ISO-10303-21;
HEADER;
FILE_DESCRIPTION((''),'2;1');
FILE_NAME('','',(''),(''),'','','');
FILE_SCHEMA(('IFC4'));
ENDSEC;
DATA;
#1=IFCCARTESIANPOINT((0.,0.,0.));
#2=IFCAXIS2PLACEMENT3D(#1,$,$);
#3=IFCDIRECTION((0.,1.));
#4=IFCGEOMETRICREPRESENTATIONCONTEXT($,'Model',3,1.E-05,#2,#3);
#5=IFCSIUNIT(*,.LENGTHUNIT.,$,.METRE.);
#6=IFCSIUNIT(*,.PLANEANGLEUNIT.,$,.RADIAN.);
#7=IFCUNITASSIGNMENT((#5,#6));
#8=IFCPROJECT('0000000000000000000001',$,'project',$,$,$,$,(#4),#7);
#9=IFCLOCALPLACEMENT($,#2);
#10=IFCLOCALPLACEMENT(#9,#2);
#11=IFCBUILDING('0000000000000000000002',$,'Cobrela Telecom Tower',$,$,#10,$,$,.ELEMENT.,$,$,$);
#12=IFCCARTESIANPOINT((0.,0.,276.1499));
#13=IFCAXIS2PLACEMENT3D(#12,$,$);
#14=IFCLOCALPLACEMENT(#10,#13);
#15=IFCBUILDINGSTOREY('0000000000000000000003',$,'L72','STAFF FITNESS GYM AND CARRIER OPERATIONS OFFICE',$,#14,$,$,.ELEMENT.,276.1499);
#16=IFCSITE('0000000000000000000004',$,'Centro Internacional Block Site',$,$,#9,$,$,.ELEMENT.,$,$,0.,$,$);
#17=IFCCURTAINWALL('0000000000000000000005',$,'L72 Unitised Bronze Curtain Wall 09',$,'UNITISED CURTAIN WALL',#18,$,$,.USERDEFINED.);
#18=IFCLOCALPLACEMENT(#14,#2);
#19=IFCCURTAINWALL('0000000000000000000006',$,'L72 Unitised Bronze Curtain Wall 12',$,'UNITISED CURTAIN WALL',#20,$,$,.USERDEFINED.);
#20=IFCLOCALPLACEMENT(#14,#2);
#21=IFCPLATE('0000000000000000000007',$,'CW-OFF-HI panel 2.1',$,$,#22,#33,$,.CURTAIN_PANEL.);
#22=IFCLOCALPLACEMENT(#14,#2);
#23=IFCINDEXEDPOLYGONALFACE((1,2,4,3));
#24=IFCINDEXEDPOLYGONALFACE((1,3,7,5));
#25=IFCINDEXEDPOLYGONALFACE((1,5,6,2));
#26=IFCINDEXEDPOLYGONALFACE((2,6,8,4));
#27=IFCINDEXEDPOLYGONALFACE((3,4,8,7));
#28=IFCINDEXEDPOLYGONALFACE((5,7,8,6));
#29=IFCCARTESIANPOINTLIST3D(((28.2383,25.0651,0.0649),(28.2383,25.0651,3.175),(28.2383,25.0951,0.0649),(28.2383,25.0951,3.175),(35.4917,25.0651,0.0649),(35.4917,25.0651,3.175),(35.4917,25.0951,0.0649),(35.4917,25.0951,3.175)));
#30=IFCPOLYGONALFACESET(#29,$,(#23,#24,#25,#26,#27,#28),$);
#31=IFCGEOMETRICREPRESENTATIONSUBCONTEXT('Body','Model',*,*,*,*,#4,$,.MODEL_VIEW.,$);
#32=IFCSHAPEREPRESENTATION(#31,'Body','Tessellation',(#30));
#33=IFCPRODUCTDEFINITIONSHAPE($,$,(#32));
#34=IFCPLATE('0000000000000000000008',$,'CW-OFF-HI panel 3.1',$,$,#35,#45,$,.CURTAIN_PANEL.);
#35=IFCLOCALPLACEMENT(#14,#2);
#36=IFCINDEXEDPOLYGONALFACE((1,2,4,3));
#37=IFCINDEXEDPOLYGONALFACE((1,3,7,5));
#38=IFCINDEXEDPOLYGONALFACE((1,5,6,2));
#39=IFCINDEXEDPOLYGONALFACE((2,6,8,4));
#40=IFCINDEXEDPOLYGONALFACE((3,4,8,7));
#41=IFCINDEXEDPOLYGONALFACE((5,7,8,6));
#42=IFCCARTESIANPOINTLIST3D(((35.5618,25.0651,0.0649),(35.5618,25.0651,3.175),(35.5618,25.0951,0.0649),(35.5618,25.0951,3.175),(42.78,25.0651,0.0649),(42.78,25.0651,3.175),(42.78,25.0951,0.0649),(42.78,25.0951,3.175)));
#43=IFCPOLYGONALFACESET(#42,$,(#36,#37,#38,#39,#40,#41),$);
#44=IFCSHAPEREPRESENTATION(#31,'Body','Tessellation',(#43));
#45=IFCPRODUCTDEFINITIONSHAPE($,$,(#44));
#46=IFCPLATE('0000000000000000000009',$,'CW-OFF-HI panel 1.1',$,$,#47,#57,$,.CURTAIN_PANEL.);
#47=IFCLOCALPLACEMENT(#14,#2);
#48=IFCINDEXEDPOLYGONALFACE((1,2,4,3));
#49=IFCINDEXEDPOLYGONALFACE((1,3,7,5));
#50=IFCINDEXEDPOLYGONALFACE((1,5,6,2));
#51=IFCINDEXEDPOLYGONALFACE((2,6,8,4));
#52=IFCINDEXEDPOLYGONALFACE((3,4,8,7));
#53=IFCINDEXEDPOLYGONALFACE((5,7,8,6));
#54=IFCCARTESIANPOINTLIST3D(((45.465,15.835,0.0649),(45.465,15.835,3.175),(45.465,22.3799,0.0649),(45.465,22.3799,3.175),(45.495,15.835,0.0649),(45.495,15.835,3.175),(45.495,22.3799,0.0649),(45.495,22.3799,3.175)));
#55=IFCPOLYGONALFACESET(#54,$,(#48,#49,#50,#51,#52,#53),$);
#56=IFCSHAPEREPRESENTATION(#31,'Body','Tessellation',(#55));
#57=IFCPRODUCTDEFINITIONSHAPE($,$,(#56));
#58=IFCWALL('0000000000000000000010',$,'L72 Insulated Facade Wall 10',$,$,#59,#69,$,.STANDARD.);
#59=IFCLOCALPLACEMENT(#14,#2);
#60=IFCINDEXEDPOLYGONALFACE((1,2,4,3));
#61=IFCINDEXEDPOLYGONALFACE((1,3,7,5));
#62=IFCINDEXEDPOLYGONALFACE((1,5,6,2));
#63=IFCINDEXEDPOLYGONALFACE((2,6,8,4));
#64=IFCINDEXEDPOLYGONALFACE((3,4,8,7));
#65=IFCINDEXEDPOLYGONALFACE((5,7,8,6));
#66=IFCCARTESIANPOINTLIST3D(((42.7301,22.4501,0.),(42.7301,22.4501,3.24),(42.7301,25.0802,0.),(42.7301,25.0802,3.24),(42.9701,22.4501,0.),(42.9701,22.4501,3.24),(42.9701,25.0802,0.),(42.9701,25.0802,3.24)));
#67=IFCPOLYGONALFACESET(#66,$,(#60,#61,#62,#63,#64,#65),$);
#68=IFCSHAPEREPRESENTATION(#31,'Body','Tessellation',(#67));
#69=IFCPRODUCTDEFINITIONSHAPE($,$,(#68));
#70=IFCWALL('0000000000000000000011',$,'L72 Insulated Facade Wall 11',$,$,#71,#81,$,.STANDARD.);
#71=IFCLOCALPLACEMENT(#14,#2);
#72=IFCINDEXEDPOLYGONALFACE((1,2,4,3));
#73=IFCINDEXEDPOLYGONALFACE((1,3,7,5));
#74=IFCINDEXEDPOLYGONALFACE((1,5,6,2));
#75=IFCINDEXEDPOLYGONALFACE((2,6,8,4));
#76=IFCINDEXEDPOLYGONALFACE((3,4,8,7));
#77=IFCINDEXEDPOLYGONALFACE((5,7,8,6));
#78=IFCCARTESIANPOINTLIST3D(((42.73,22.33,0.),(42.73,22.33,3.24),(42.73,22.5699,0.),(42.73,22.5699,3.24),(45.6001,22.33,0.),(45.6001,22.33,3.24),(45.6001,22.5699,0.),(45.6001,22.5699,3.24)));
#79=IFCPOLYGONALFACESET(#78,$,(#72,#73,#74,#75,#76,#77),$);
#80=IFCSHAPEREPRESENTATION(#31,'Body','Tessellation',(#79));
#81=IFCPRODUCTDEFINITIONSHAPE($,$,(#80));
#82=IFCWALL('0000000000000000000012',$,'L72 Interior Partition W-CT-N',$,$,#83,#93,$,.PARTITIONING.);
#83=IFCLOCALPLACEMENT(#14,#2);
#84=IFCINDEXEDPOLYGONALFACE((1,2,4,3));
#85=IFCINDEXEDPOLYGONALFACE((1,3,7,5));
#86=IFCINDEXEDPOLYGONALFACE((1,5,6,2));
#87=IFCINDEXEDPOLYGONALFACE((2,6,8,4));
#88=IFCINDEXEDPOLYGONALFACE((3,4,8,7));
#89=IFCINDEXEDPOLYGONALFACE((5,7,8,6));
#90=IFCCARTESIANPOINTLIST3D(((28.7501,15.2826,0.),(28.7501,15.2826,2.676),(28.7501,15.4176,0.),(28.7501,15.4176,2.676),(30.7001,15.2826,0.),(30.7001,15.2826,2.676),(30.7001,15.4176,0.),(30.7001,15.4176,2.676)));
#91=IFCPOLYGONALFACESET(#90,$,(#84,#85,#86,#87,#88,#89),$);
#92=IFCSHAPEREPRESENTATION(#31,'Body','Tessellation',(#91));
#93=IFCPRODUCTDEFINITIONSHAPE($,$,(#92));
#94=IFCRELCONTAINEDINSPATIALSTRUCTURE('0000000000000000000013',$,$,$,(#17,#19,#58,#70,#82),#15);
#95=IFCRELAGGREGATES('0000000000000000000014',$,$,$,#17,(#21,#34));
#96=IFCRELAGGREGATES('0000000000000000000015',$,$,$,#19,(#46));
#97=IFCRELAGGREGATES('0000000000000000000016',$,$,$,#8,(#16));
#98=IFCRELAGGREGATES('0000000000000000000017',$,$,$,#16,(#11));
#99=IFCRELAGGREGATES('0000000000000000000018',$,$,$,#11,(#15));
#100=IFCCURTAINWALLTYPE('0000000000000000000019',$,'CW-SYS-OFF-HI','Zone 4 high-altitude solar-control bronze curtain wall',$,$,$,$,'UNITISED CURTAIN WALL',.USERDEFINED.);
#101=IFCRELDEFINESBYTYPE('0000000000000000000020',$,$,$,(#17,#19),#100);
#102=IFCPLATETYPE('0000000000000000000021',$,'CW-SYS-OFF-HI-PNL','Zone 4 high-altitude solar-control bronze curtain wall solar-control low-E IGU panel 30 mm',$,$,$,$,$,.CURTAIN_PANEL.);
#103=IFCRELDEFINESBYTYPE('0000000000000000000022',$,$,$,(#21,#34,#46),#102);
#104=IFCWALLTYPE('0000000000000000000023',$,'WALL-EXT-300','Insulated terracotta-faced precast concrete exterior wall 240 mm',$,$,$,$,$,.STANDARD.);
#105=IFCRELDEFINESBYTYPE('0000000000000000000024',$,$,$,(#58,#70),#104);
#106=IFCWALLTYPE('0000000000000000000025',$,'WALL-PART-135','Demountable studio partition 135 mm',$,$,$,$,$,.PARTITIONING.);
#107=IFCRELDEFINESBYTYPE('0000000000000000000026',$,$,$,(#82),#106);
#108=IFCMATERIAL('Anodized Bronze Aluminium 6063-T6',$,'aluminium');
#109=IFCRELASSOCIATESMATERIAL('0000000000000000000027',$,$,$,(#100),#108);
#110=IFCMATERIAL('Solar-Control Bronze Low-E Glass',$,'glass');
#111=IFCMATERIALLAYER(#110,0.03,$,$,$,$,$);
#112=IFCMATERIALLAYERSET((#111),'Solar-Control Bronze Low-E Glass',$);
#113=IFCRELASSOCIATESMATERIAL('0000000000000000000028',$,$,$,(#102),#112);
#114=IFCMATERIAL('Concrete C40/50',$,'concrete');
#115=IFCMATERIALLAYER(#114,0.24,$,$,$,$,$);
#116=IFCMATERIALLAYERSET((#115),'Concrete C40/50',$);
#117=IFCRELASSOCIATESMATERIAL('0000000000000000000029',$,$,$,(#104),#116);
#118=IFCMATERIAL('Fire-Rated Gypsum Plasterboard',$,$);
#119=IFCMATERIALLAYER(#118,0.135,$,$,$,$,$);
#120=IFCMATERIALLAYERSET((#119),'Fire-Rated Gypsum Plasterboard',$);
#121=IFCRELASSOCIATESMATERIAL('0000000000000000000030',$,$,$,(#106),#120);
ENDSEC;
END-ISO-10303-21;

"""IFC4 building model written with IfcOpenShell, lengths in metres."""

from ifc_helpers import new_model, si_unit, direction, frame, frame_2d, origin, origin_2d, place, context, subcontext, project, spatial, rectangle, extrude, material, layer, layer_set, type_object, element, aggregate, save


model = new_model("IFC4")

# Units and contexts
model_context = context("Model", 3, precision=1e-05, world=origin(), true_north=direction((0.0, 1.0)))
body_context = subcontext(model_context, "Body", "Model", "MODEL_VIEW")
ifc_project = project(units=[si_unit("LENGTHUNIT", "METRE"), si_unit("PLANEANGLEUNIT", "RADIAN")], contexts=[model_context])

# Site, building, storey
site_placement = place(None, origin())
site = spatial("IfcSite", under=ifc_project, at=site_placement, Name="Centro Internacional Block Site", CompositionType="ELEMENT", RefElevation=0.0)
building_placement = place(site_placement, origin())
building = spatial("IfcBuilding", under=site, at=building_placement, Name="Cobrela Telecom Tower", CompositionType="ELEMENT")
storey_placement = place(building_placement, frame((0.0, 0.0, 276.1499)))
storey = spatial("IfcBuildingStorey", under=building, at=storey_placement, Name="L72", Description="STAFF FITNESS GYM AND CARRIER OPERATIONS OFFICE", CompositionType="ELEMENT", Elevation=276.1499)

# Curtain walls
ifc_material_1 = material(Name="Anodized Bronze Aluminium 6063-T6", Category="aluminium")
curtain_wall_type = type_object("IfcCurtainWallType", Name="CW-SYS-OFF-HI", Description="Zone 4 high-altitude solar-control bronze curtain wall", ElementType="UNITISED CURTAIN WALL", PredefinedType="USERDEFINED", material=ifc_material_1)
curtain_wall_1_placement = place(storey_placement, origin())
curtain_wall_1 = element("IfcCurtainWall", 1, at=curtain_wall_1_placement, inside=storey, type_object=curtain_wall_type, Name="L72 Unitised Bronze Curtain Wall 09", ObjectType="UNITISED CURTAIN WALL", PredefinedType="USERDEFINED")
curtain_wall_2_placement = place(storey_placement, origin())
curtain_wall_2 = element("IfcCurtainWall", 2, at=curtain_wall_2_placement, inside=storey, type_object=curtain_wall_type, Name="L72 Unitised Bronze Curtain Wall 12", ObjectType="UNITISED CURTAIN WALL", PredefinedType="USERDEFINED")

# Plates
ifc_material_2 = material(Name="Solar-Control Bronze Low-E Glass", Category="glass")
ifc_layer_1 = layer(ifc_material_2, 0.03)
ifc_layer_set_1 = layer_set([ifc_layer_1], Name="Solar-Control Bronze Low-E Glass")
plate_type = type_object("IfcPlateType", Name="CW-SYS-OFF-HI-PNL", Description="Zone 4 high-altitude solar-control bronze curtain wall solar-control low-E IGU panel 30 mm", PredefinedType="CURTAIN_PANEL", material=ifc_layer_set_1)
plate_1_placement = place(storey_placement, frame((31.865, 25.0801, 0.0649), z_axis=(0.0, 0.0, 1.0), x_axis=(1.0, 0.0, 0.0)))
plate_1 = element("IfcPlate", 3, at=plate_1_placement, type_object=plate_type, Name="CW-OFF-HI panel 2.1", PredefinedType="CURTAIN_PANEL", context=body_context, shape_type="SweptSolid", body=[
    extrude(rectangle(XDim=7.2534, YDim=0.03, at=origin_2d()), origin(), (0.0, 0.0, 1.0), 3.1101),
])
plate_2_placement = place(storey_placement, frame((39.1709, 25.0801, 0.0649), z_axis=(0.0, 0.0, 1.0), x_axis=(1.0, 0.0, 0.0)))
plate_2 = element("IfcPlate", 4, at=plate_2_placement, type_object=plate_type, Name="CW-OFF-HI panel 3.1", PredefinedType="CURTAIN_PANEL", context=body_context, shape_type="SweptSolid", body=[
    extrude(rectangle(XDim=7.2183, YDim=0.03, at=origin_2d()), origin(), (0.0, 0.0, 1.0), 3.1101),
])
aggregate(curtain_wall_1, [plate_1, plate_2])
plate_3_placement = place(storey_placement, frame((45.48, 19.1074, 0.0649), z_axis=(0.0, 0.0, 1.0), x_axis=(0.0, -1.0, 0.0)))
plate_3 = element("IfcPlate", 5, at=plate_3_placement, type_object=plate_type, Name="CW-OFF-HI panel 1.1", PredefinedType="CURTAIN_PANEL", context=body_context, shape_type="SweptSolid", body=[
    extrude(rectangle(XDim=6.5449, YDim=0.03, at=origin_2d()), origin(), (0.0, 0.0, 1.0), 3.1101),
])
aggregate(curtain_wall_2, [plate_3])

# Walls
ifc_material_3 = material(Name="Concrete C40/50", Category="concrete")
ifc_layer_2 = layer(ifc_material_3, 0.24)
ifc_layer_set_2 = layer_set([ifc_layer_2], Name="Concrete C40/50")
wall_type_1 = type_object("IfcWallType", Name="WALL-EXT-300", Description="Insulated terracotta-faced precast concrete exterior wall 240 mm", PredefinedType="STANDARD", material=ifc_layer_set_2)
wall_1_placement = place(storey_placement, frame((42.8501, 25.0801, 0.0), z_axis=(0.0, 0.0, 1.0), x_axis=(0.0, -1.0, 0.0)))
element("IfcWall", 6, at=wall_1_placement, inside=storey, type_object=wall_type_1, Name="L72 Insulated Facade Wall 10", PredefinedType="STANDARD", context=body_context, shape_type="SweptSolid", body=[
    extrude(rectangle(XDim=2.6301, YDim=0.24, at=frame_2d((1.3149, 0.0))), origin(), (0.0, 0.0, 1.0), 3.24),
])
wall_2_placement = place(storey_placement, frame((42.73, 22.45, 0.0), z_axis=(0.0, 0.0, 1.0), x_axis=(1.0, 0.0, 0.0)))
element("IfcWall", 7, at=wall_2_placement, inside=storey, type_object=wall_type_1, Name="L72 Insulated Facade Wall 11", PredefinedType="STANDARD", context=body_context, shape_type="SweptSolid", body=[
    extrude(rectangle(XDim=2.8701, YDim=0.24, at=frame_2d((1.4351, 0.0))), origin(), (0.0, 0.0, 1.0), 3.24),
])
ifc_material_4 = material(Name="Fire-Rated Gypsum Plasterboard")
ifc_layer_3 = layer(ifc_material_4, 0.135)
ifc_layer_set_3 = layer_set([ifc_layer_3], Name="Fire-Rated Gypsum Plasterboard")
wall_type_2 = type_object("IfcWallType", Name="WALL-PART-135", Description="Demountable studio partition 135 mm", PredefinedType="PARTITIONING", material=ifc_layer_set_3)
wall_3_placement = place(storey_placement, frame((28.75, 15.3501, 0.0), z_axis=(0.0, 0.0, 1.0), x_axis=(1.0, 0.0, 0.0)))
element("IfcWall", 8, at=wall_3_placement, inside=storey, type_object=wall_type_2, Name="L72 Interior Partition W-CT-N", PredefinedType="PARTITIONING", context=body_context, shape_type="SweptSolid", body=[
    extrude(rectangle(XDim=1.95, YDim=0.135, at=frame_2d((0.9751, 0.0))), origin(), (0.0, 0.0, 1.0), 2.676),
])

save(model, "model.ifc")
